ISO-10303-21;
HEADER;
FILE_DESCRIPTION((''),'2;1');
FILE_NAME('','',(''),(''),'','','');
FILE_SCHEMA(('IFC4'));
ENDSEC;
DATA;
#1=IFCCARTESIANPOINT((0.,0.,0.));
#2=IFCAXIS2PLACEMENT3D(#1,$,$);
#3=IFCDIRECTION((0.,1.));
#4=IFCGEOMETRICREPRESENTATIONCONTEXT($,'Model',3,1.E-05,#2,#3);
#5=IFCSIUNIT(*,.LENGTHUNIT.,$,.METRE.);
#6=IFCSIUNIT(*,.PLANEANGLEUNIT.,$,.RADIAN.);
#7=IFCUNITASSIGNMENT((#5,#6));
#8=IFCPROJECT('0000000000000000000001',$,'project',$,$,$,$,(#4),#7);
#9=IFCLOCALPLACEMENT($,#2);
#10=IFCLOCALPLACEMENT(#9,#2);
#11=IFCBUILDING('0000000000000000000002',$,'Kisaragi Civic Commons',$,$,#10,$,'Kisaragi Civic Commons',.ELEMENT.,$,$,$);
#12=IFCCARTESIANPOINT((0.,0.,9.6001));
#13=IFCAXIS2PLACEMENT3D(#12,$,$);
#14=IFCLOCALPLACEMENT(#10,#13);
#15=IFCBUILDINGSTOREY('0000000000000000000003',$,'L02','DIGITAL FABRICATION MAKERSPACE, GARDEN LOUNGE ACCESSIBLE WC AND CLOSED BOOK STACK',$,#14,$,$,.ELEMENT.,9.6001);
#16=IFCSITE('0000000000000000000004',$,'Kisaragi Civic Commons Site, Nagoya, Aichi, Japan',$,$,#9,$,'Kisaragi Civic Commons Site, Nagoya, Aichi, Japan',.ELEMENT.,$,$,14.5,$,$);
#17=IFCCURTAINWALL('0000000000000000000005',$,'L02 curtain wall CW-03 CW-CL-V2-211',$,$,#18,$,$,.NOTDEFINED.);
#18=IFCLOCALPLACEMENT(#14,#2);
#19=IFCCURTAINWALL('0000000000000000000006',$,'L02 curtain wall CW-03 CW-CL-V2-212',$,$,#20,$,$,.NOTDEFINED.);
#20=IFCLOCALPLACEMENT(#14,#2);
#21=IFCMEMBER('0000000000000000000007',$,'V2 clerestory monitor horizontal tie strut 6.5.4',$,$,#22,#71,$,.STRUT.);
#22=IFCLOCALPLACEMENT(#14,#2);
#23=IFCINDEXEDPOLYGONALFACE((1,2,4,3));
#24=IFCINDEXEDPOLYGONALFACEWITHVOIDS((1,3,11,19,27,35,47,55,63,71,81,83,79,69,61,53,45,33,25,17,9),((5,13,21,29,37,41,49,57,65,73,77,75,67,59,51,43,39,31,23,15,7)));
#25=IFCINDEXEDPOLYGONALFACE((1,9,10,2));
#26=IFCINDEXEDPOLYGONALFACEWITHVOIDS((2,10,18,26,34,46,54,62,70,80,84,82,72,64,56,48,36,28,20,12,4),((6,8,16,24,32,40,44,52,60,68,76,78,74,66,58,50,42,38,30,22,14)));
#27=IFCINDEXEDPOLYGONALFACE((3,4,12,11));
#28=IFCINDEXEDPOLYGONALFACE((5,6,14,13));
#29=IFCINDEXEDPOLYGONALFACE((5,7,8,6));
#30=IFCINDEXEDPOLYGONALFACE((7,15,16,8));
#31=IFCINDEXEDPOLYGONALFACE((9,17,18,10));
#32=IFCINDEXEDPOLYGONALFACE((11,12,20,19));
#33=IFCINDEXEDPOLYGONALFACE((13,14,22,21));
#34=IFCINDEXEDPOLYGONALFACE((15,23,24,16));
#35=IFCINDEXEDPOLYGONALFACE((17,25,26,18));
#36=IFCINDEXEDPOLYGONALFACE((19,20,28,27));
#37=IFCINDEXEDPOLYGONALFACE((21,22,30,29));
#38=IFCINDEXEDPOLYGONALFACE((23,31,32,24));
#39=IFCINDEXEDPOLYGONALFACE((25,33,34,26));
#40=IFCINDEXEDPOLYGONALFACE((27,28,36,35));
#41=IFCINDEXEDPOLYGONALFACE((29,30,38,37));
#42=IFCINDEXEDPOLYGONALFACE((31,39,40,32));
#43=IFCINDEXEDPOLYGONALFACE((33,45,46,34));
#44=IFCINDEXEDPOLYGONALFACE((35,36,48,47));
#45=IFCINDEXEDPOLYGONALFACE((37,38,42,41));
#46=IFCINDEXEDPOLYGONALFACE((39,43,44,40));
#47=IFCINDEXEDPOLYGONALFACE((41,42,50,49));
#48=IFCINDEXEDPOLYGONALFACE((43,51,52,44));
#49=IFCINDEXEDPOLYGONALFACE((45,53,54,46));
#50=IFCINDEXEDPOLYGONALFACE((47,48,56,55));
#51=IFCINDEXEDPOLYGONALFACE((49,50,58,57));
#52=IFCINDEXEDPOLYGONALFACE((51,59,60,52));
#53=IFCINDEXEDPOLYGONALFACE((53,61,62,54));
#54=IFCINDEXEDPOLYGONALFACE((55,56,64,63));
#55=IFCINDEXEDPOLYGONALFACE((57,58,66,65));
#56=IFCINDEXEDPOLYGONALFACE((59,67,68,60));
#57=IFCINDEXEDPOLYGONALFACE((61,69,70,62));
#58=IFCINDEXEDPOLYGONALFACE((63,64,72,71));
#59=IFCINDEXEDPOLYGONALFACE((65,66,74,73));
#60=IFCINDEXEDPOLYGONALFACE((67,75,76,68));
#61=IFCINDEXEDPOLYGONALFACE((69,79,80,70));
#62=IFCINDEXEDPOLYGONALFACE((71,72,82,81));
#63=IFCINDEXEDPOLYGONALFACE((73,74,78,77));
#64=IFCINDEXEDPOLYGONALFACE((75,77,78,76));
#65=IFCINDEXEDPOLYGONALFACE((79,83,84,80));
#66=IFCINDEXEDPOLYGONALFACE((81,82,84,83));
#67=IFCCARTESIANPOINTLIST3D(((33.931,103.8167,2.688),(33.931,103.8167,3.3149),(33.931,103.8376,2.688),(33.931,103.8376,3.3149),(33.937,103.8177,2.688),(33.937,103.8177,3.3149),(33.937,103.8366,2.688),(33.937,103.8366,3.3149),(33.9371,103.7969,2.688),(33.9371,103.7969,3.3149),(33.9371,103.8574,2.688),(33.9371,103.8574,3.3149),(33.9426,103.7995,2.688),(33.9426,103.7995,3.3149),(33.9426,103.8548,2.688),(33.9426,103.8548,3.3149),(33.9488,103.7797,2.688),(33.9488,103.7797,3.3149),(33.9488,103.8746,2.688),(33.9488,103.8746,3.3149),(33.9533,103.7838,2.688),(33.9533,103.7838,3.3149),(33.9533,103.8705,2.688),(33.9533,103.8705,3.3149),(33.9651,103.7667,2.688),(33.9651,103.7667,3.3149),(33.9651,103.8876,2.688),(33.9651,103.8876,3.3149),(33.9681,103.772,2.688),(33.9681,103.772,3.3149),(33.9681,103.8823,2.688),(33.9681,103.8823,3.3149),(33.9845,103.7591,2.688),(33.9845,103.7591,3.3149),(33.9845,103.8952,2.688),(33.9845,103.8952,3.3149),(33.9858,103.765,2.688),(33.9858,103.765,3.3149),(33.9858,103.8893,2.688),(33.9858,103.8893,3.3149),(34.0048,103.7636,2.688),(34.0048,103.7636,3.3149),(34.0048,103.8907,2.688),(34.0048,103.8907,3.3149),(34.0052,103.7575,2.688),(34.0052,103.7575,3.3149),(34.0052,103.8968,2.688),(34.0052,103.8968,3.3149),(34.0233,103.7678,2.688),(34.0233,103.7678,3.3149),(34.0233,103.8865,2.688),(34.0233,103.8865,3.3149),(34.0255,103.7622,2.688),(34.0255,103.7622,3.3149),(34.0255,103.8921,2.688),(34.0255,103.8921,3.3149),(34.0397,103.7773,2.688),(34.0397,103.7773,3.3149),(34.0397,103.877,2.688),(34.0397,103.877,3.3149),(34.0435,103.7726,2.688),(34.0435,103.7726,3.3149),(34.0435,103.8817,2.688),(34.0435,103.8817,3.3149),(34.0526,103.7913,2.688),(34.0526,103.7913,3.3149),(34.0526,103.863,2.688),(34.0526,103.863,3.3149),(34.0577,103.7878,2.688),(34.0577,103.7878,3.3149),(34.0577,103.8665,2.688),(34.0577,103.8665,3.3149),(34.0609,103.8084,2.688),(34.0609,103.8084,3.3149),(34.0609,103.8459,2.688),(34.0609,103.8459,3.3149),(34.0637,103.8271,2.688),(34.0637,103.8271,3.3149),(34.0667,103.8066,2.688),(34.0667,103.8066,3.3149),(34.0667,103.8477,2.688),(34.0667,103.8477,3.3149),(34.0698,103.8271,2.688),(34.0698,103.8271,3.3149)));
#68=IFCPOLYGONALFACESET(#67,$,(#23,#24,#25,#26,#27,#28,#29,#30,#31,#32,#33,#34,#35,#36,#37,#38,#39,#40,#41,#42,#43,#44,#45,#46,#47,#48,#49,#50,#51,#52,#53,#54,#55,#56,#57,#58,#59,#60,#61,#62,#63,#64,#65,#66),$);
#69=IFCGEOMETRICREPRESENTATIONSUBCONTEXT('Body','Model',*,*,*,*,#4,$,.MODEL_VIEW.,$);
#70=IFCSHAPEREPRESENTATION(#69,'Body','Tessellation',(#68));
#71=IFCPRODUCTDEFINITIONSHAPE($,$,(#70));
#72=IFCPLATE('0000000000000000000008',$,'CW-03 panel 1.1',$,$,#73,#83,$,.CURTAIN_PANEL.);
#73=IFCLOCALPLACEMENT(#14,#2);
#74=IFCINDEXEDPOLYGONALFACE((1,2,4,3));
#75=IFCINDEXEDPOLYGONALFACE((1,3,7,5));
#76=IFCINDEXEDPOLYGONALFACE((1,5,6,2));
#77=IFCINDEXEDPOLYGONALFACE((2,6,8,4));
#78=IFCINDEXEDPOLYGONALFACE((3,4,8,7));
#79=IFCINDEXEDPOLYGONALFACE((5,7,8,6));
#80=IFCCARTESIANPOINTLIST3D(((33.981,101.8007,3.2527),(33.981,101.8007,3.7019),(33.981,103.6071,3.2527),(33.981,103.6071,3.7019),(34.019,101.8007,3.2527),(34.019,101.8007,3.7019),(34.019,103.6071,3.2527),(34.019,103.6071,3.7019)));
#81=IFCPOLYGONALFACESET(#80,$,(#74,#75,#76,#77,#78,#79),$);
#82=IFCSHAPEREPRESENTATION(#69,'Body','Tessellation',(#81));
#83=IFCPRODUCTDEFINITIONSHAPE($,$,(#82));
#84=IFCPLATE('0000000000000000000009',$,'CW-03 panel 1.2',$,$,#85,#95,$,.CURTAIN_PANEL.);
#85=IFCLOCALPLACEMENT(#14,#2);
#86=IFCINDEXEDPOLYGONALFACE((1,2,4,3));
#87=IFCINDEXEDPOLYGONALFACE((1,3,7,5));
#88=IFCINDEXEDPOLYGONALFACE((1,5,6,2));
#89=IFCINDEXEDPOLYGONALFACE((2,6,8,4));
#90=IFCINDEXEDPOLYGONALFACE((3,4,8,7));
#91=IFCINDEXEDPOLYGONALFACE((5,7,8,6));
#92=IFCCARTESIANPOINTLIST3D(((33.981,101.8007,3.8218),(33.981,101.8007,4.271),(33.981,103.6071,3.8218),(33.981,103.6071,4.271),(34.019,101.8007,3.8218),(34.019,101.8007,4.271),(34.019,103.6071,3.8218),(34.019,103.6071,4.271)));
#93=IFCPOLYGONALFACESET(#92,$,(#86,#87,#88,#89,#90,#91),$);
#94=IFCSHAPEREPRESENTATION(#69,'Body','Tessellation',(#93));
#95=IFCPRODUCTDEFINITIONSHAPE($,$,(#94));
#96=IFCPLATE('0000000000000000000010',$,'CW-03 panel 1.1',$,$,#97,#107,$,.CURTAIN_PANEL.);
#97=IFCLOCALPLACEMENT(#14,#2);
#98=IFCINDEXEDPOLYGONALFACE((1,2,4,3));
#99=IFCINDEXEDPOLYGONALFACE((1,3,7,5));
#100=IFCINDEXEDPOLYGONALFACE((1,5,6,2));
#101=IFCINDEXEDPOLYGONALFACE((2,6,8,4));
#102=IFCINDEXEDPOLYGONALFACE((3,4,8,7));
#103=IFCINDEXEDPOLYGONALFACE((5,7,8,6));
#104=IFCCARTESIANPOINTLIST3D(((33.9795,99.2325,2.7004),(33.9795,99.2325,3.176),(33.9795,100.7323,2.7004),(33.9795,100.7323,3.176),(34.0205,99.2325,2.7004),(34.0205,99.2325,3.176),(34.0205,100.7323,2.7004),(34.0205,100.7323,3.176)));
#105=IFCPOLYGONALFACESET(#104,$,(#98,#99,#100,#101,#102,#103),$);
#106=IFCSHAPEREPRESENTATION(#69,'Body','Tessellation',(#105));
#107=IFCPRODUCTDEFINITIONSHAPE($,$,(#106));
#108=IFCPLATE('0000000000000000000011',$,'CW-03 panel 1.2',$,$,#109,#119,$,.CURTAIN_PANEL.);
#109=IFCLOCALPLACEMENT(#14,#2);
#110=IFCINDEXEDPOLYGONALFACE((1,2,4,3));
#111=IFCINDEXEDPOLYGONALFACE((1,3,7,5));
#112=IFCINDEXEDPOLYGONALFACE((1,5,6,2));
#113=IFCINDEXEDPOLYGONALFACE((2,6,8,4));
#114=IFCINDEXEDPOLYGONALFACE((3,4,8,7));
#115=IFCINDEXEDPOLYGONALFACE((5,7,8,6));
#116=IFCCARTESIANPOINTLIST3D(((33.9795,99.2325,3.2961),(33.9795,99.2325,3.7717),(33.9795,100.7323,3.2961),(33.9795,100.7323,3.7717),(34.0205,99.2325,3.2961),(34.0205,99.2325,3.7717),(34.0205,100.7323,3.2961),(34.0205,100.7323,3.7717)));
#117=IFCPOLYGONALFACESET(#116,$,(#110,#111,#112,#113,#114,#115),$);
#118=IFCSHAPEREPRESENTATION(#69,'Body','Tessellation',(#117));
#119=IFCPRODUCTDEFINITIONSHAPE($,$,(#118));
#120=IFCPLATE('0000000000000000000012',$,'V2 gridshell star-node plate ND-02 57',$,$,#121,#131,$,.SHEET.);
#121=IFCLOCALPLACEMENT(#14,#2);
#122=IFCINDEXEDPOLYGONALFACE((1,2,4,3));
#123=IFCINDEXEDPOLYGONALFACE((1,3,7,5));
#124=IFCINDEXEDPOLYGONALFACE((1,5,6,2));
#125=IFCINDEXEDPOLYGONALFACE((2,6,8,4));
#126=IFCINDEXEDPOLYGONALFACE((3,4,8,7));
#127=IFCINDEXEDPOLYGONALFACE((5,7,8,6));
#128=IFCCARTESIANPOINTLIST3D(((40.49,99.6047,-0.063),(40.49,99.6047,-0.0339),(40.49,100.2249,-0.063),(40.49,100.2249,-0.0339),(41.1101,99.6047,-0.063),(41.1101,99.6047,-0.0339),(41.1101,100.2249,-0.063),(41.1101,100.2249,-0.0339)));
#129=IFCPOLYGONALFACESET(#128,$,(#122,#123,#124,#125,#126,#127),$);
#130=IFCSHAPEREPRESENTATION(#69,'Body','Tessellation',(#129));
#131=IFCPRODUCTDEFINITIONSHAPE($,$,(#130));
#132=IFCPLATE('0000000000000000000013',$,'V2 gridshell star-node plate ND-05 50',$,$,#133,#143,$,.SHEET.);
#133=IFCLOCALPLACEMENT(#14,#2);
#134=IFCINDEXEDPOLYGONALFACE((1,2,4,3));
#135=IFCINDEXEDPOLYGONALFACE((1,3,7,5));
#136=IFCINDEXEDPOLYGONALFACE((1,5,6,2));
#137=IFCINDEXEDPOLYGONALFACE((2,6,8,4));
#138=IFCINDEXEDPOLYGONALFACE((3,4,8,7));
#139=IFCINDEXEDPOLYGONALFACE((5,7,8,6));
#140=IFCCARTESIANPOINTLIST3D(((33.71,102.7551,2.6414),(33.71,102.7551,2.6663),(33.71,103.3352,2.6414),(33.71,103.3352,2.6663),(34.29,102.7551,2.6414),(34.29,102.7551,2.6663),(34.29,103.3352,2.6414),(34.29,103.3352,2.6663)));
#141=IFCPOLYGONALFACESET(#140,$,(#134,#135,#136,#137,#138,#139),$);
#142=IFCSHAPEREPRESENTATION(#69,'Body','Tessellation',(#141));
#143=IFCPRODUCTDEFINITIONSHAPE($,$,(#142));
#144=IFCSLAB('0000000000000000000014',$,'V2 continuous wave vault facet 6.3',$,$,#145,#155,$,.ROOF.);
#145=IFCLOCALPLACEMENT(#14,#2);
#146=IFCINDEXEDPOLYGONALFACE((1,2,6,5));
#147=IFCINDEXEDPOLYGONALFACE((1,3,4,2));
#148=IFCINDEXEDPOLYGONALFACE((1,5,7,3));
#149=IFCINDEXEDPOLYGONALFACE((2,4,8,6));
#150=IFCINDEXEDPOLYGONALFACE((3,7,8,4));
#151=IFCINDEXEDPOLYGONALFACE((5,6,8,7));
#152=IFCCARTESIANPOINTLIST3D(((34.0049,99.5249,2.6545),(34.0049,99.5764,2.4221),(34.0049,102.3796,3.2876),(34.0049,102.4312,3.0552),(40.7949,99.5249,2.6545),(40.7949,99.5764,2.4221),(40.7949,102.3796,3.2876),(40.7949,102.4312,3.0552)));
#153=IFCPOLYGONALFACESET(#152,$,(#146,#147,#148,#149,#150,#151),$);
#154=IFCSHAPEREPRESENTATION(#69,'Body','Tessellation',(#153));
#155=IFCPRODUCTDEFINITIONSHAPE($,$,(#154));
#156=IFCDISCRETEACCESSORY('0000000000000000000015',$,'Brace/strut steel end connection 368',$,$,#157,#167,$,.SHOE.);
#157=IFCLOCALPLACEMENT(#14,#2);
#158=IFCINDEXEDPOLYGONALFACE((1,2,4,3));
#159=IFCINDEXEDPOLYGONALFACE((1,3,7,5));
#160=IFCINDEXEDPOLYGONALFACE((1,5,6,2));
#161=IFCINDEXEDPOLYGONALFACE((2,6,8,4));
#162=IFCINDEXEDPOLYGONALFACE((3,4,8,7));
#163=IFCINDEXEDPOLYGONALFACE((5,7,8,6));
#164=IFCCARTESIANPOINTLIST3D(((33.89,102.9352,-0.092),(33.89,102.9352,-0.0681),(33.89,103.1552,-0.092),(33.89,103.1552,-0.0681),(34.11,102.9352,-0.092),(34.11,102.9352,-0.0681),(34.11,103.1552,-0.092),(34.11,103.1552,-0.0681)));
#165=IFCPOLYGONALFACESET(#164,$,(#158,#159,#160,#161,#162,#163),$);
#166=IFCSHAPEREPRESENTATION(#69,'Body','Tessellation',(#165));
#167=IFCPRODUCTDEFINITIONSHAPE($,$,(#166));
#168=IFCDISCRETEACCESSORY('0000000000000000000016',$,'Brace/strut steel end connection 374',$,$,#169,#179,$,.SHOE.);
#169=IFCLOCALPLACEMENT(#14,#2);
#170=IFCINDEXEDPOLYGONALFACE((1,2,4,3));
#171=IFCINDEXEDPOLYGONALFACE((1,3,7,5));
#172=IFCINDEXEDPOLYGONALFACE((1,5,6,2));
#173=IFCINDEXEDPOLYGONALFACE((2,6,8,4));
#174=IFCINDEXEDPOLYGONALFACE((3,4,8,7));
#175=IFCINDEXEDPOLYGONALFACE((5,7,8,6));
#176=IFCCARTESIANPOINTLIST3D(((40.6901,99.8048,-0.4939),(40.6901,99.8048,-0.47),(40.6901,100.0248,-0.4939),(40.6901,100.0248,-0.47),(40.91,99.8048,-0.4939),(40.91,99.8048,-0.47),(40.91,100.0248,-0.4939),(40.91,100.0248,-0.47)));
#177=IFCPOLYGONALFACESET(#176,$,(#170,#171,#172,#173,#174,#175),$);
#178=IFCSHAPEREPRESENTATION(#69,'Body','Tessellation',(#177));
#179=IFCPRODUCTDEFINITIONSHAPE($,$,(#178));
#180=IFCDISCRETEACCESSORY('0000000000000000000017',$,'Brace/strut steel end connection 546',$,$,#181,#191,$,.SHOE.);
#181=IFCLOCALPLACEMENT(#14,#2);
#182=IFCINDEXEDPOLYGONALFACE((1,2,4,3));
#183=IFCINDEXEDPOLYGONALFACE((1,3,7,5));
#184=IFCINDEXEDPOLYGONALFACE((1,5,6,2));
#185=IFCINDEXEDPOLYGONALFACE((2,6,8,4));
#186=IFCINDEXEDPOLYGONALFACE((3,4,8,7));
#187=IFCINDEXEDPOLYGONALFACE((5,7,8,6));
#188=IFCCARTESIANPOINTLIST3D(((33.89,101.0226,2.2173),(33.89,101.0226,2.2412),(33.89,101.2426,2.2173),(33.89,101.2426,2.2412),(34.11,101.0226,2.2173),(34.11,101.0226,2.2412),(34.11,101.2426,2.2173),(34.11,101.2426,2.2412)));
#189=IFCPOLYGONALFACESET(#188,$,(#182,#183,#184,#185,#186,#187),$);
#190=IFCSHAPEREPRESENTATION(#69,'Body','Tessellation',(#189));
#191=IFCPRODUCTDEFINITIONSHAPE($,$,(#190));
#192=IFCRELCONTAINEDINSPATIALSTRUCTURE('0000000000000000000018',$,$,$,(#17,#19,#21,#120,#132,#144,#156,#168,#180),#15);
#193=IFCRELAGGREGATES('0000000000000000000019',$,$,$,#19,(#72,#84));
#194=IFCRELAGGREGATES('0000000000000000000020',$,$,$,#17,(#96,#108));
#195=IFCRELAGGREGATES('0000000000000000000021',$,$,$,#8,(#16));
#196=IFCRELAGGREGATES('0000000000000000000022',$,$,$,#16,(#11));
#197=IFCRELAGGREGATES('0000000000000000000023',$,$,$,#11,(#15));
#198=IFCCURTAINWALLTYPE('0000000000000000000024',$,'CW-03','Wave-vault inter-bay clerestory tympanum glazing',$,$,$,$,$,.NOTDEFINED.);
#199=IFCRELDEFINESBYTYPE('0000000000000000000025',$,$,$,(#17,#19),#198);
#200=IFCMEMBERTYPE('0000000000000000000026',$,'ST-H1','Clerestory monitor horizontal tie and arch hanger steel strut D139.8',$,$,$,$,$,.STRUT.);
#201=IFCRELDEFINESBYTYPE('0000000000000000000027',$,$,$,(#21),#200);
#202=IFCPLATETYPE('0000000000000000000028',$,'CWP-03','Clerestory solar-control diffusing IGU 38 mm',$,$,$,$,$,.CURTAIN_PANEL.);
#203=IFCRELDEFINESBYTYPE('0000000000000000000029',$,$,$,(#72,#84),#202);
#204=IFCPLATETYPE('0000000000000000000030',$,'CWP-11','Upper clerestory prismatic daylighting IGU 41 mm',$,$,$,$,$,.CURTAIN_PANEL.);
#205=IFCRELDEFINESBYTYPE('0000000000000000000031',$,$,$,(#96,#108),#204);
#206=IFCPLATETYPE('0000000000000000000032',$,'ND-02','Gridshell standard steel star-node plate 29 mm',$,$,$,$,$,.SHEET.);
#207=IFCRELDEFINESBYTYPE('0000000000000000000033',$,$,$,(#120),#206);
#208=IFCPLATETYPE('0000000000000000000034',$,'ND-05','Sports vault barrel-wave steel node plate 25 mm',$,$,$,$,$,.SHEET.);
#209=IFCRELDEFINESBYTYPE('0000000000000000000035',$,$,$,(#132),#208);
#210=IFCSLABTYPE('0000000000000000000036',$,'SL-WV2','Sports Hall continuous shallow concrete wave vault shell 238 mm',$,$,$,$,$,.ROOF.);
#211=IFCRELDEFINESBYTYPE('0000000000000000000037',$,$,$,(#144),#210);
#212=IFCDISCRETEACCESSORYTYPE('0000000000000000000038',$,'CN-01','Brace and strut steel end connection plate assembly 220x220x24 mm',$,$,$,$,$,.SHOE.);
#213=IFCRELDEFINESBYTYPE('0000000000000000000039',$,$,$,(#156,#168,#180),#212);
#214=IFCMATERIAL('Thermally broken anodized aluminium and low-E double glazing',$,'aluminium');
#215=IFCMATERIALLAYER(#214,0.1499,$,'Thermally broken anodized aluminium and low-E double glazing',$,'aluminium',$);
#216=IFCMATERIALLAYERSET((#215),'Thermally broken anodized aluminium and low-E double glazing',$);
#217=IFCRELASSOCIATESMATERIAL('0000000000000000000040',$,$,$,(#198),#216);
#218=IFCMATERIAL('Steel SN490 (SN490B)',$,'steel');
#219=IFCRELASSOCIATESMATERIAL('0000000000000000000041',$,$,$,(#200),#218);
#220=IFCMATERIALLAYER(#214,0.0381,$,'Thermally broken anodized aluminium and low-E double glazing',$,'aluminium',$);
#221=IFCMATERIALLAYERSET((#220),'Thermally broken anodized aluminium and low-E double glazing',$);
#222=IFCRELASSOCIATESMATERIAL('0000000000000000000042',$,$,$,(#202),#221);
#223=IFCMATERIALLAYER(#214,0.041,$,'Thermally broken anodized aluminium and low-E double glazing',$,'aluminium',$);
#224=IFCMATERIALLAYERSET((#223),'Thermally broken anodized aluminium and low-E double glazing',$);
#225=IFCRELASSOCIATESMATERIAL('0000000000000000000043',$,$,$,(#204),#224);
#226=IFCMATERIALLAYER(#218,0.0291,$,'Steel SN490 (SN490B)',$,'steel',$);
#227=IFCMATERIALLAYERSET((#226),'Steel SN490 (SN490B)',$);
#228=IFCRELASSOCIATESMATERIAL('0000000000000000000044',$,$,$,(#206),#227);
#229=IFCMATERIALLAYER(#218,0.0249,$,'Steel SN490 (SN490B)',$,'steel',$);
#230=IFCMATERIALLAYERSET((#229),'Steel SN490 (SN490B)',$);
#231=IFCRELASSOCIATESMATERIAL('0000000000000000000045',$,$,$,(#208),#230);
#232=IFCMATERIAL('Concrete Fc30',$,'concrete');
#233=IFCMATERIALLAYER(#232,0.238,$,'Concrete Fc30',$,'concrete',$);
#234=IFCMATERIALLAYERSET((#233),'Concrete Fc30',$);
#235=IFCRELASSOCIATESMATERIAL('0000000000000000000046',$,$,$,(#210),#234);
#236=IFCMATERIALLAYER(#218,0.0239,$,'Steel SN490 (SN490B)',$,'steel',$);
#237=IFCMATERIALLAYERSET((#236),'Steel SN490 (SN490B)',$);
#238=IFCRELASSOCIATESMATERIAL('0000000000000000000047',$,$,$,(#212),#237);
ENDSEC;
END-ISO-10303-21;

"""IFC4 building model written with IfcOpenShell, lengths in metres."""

from ifc_helpers import new_model, si_unit, direction, frame, origin, origin_2d, place, context, subcontext, project, spatial, polyline, rectangle, hollow_circle, outline, extrude, material, layer, layer_set, material_profile, profile_set, type_object, element, aggregate, save


model = new_model("IFC4")

# Units and contexts
model_context = context("Model", 3, precision=1e-05, world=origin(), true_north=direction((0.0, 1.0)))
body_context = subcontext(model_context, "Body", "Model", "MODEL_VIEW")
ifc_project = project(units=[si_unit("LENGTHUNIT", "METRE"), si_unit("PLANEANGLEUNIT", "RADIAN")], contexts=[model_context])

# Site, building, storey
site_placement = place(None, origin())
site = spatial("IfcSite", under=ifc_project, at=site_placement, Name="Kisaragi Civic Commons Site, Nagoya, Aichi, Japan", LongName="Kisaragi Civic Commons Site, Nagoya, Aichi, Japan", CompositionType="ELEMENT", RefElevation=14.5)
building_placement = place(site_placement, origin())
building = spatial("IfcBuilding", under=site, at=building_placement, Name="Kisaragi Civic Commons", LongName="Kisaragi Civic Commons", CompositionType="ELEMENT")
storey_placement = place(building_placement, frame((0.0, 0.0, 9.6001)))
storey = spatial("IfcBuildingStorey", under=building, at=storey_placement, Name="L02", Description="DIGITAL FABRICATION MAKERSPACE, GARDEN LOUNGE ACCESSIBLE WC AND CLOSED BOOK STACK", CompositionType="ELEMENT", Elevation=9.6001)

# Curtain wall
ifc_material_1 = material(Name="Thermally broken anodized aluminium and low-E double glazing", Category="aluminium")
ifc_layer_1 = layer(ifc_material_1, 0.1499, Name="Thermally broken anodized aluminium and low-E double glazing", Category="aluminium")
ifc_layer_set_1 = layer_set([ifc_layer_1], Name="Thermally broken anodized aluminium and low-E double glazing")
curtain_wall_type = type_object("IfcCurtainWallType", Name="CW-03", Description="Wave-vault inter-bay clerestory tympanum glazing", PredefinedType="NOTDEFINED", material=ifc_layer_set_1)
curtain_wall_1_placement = place(storey_placement, origin())
curtain_wall_1 = element("IfcCurtainWall", 1, at=curtain_wall_1_placement, inside=storey, type_object=curtain_wall_type, Name="L02 curtain wall CW-03 CW-CL-V2-211", PredefinedType="NOTDEFINED")

# Curtain wall
curtain_wall_2_placement = place(storey_placement, origin())
curtain_wall_2 = element("IfcCurtainWall", 2, at=curtain_wall_2_placement, inside=storey, type_object=curtain_wall_type, Name="L02 curtain wall CW-03 CW-CL-V2-212", PredefinedType="NOTDEFINED")

# Member
ifc_material_2 = material(Name="Steel SN490 (SN490B)", Category="steel")
ifc_material_profile_1 = material_profile(ifc_material_2, hollow_circle(Radius=0.0698, WallThickness=0.0061, at=origin_2d()), Name="CHS-139.8x6.0", Category="steel")
ifc_profile_set_1 = profile_set([ifc_material_profile_1], Name="Steel SN490 (SN490B)")
member_type_1 = type_object("IfcMemberType", Name="ST-H1", Description="Clerestory monitor horizontal tie and arch hanger steel strut D139.8", PredefinedType="STRUT", material=ifc_profile_set_1)
member_1_placement = place(storey_placement, frame((34.0, 103.8271, 2.688), z_axis=(0.0, 0.0, 1.0), x_axis=(1.0, 0.0, 0.0)))
element("IfcMember", 3, at=member_1_placement, inside=storey, type_object=member_type_1, Name="V2 clerestory monitor horizontal tie strut 6.5.4", PredefinedType="STRUT", context=body_context, shape_type="SweptSolid", body=[
    extrude(hollow_circle(Radius=0.0698, WallThickness=0.0061, at=origin_2d()), origin(), (0.0, 0.0, 1.0), 0.627),
])

# Plates
ifc_layer_2 = layer(ifc_material_1, 0.0381, Name="Thermally broken anodized aluminium and low-E double glazing", Category="aluminium")
ifc_layer_set_2 = layer_set([ifc_layer_2], Name="Thermally broken anodized aluminium and low-E double glazing")
plate_type_1 = type_object("IfcPlateType", Name="CWP-03", Description="Clerestory solar-control diffusing IGU 38 mm", PredefinedType="CURTAIN_PANEL", material=ifc_layer_set_2)
plate_1_placement = place(storey_placement, frame((34.0, 102.7039, 3.2527), z_axis=(0.0, 0.0, 1.0), x_axis=(0.0, 1.0, 0.0)))
plate_1 = element("IfcPlate", 4, at=plate_1_placement, type_object=plate_type_1, Name="CW-03 panel 1.1", PredefinedType="CURTAIN_PANEL", context=body_context, shape_type="SweptSolid", body=[
    extrude(rectangle(XDim=1.8064, YDim=0.0381, at=origin_2d()), origin(), (0.0, 0.0, 1.0), 0.4492),
])
plate_2_placement = place(storey_placement, frame((34.0, 102.7039, 3.8218), z_axis=(0.0, 0.0, 1.0), x_axis=(0.0, 1.0, 0.0)))
plate_2 = element("IfcPlate", 5, at=plate_2_placement, type_object=plate_type_1, Name="CW-03 panel 1.2", PredefinedType="CURTAIN_PANEL", context=body_context, shape_type="SweptSolid", body=[
    extrude(rectangle(XDim=1.8064, YDim=0.0381, at=origin_2d()), origin(), (0.0, 0.0, 1.0), 0.4492),
])
aggregate(curtain_wall_2, [plate_1, plate_2])
ifc_layer_3 = layer(ifc_material_1, 0.041, Name="Thermally broken anodized aluminium and low-E double glazing", Category="aluminium")
ifc_layer_set_3 = layer_set([ifc_layer_3], Name="Thermally broken anodized aluminium and low-E double glazing")
plate_type_2 = type_object("IfcPlateType", Name="CWP-11", Description="Upper clerestory prismatic daylighting IGU 41 mm", PredefinedType="CURTAIN_PANEL", material=ifc_layer_set_3)
plate_3_placement = place(storey_placement, frame((34.0, 99.9824, 2.7004), z_axis=(0.0, 0.0, 1.0), x_axis=(0.0, 1.0, 0.0)))
plate_3 = element("IfcPlate", 6, at=plate_3_placement, type_object=plate_type_2, Name="CW-03 panel 1.1", PredefinedType="CURTAIN_PANEL", context=body_context, shape_type="SweptSolid", body=[
    extrude(rectangle(XDim=1.4998, YDim=0.041, at=origin_2d()), origin(), (0.0, 0.0, 1.0), 0.4756),
])
plate_4_placement = place(storey_placement, frame((34.0, 99.9824, 3.2961), z_axis=(0.0, 0.0, 1.0), x_axis=(0.0, 1.0, 0.0)))
plate_4 = element("IfcPlate", 7, at=plate_4_placement, type_object=plate_type_2, Name="CW-03 panel 1.2", PredefinedType="CURTAIN_PANEL", context=body_context, shape_type="SweptSolid", body=[
    extrude(rectangle(XDim=1.4998, YDim=0.041, at=origin_2d()), origin(), (0.0, 0.0, 1.0), 0.4756),
])
aggregate(curtain_wall_1, [plate_3, plate_4])

# Plates
ifc_layer_4 = layer(ifc_material_2, 0.0291, Name="Steel SN490 (SN490B)", Category="steel")
ifc_layer_set_4 = layer_set([ifc_layer_4], Name="Steel SN490 (SN490B)")
plate_type_3 = type_object("IfcPlateType", Name="ND-02", Description="Gridshell standard steel star-node plate 29 mm", PredefinedType="SHEET", material=ifc_layer_set_4)
plate_5_placement = place(storey_placement, frame((40.8, 99.9148, -0.063), z_axis=(0.0, 0.0, 1.0), x_axis=(1.0, 0.0, 0.0)))
element("IfcPlate", 8, at=plate_5_placement, inside=storey, type_object=plate_type_3, Name="V2 gridshell star-node plate ND-02 57", PredefinedType="SHEET", context=body_context, shape_type="SweptSolid", body=[
    extrude(rectangle(XDim=0.6201, YDim=0.6201, at=origin_2d()), origin(), (0.0, 0.0, 1.0), 0.0291),
])
ifc_layer_5 = layer(ifc_material_2, 0.0249, Name="Steel SN490 (SN490B)", Category="steel")
ifc_layer_set_5 = layer_set([ifc_layer_5], Name="Steel SN490 (SN490B)")
plate_type_4 = type_object("IfcPlateType", Name="ND-05", Description="Sports vault barrel-wave steel node plate 25 mm", PredefinedType="SHEET", material=ifc_layer_set_5)
plate_6_placement = place(storey_placement, frame((34.0, 103.0452, 2.6414), z_axis=(0.0, 0.0, 1.0), x_axis=(1.0, 0.0, 0.0)))
element("IfcPlate", 9, at=plate_6_placement, inside=storey, type_object=plate_type_4, Name="V2 gridshell star-node plate ND-05 50", PredefinedType="SHEET", context=body_context, shape_type="SweptSolid", body=[
    extrude(rectangle(XDim=0.5801, YDim=0.5801, at=origin_2d()), origin(), (0.0, 0.0, 1.0), 0.0249),
])

# Slab
ifc_material_3 = material(Name="Concrete Fc30", Category="concrete")
ifc_layer_6 = layer(ifc_material_3, 0.238, Name="Concrete Fc30", Category="concrete")
ifc_layer_set_6 = layer_set([ifc_layer_6], Name="Concrete Fc30")
slab_type = type_object("IfcSlabType", Name="SL-WV2", Description="Sports Hall continuous shallow concrete wave vault shell 238 mm", PredefinedType="ROOF", material=ifc_layer_set_6)
slab_placement = place(storey_placement, frame((40.7949, 102.3796, 3.2876), z_axis=(0.0, -0.216497, 0.976283), x_axis=(-1.0, 0.0, 0.0)))
element("IfcSlab", 10, at=slab_placement, inside=storey, type_object=slab_type, Name="V2 continuous wave vault facet 6.3", PredefinedType="ROOF", context=body_context, shape_type="SweptSolid", body=[
    extrude(outline(polyline([(0.0, 0.0), (6.79, 0.0), (6.79, 2.9241), (0.0, 2.9241), (0.0, 0.0)])), origin(), (0.0, 0.0, -1.0), 0.238),
])

# Discrete accessories
ifc_layer_7 = layer(ifc_material_2, 0.0239, Name="Steel SN490 (SN490B)", Category="steel")
ifc_layer_set_7 = layer_set([ifc_layer_7], Name="Steel SN490 (SN490B)")
discrete_accessory_type = type_object("IfcDiscreteAccessoryType", Name="CN-01", Description="Brace and strut steel end connection plate assembly 220x220x24 mm", PredefinedType="SHOE", material=ifc_layer_set_7)
for number, where, z_axis, x_axis, name in (
    (11, (34.0, 103.0452, -0.092), (0.0, 0.0, 1.0), (1.0, 0.0, 0.0), "Brace/strut steel end connection 368"),
    (12, (40.8, 99.9148, -0.4939), (0.0, 0.0, 1.0), (1.0, 0.0, 0.0), "Brace/strut steel end connection 374"),
    (13, (34.0, 101.1326, 2.2173), (0.0, 0.0, 1.0), (1.0, 0.0, 0.0), "Brace/strut steel end connection 546"),
):
    element("IfcDiscreteAccessory", number, at=place(storey_placement, frame(where, z_axis=z_axis, x_axis=x_axis)), inside=storey, type_object=discrete_accessory_type, Name=name, PredefinedType="SHOE", context=body_context, shape_type="SweptSolid", body=[
        extrude(rectangle(XDim=0.22, YDim=0.22, at=origin_2d()), origin(), (0.0, 0.0, 1.0), 0.0239),
    ])

save(model, "model.ifc")
